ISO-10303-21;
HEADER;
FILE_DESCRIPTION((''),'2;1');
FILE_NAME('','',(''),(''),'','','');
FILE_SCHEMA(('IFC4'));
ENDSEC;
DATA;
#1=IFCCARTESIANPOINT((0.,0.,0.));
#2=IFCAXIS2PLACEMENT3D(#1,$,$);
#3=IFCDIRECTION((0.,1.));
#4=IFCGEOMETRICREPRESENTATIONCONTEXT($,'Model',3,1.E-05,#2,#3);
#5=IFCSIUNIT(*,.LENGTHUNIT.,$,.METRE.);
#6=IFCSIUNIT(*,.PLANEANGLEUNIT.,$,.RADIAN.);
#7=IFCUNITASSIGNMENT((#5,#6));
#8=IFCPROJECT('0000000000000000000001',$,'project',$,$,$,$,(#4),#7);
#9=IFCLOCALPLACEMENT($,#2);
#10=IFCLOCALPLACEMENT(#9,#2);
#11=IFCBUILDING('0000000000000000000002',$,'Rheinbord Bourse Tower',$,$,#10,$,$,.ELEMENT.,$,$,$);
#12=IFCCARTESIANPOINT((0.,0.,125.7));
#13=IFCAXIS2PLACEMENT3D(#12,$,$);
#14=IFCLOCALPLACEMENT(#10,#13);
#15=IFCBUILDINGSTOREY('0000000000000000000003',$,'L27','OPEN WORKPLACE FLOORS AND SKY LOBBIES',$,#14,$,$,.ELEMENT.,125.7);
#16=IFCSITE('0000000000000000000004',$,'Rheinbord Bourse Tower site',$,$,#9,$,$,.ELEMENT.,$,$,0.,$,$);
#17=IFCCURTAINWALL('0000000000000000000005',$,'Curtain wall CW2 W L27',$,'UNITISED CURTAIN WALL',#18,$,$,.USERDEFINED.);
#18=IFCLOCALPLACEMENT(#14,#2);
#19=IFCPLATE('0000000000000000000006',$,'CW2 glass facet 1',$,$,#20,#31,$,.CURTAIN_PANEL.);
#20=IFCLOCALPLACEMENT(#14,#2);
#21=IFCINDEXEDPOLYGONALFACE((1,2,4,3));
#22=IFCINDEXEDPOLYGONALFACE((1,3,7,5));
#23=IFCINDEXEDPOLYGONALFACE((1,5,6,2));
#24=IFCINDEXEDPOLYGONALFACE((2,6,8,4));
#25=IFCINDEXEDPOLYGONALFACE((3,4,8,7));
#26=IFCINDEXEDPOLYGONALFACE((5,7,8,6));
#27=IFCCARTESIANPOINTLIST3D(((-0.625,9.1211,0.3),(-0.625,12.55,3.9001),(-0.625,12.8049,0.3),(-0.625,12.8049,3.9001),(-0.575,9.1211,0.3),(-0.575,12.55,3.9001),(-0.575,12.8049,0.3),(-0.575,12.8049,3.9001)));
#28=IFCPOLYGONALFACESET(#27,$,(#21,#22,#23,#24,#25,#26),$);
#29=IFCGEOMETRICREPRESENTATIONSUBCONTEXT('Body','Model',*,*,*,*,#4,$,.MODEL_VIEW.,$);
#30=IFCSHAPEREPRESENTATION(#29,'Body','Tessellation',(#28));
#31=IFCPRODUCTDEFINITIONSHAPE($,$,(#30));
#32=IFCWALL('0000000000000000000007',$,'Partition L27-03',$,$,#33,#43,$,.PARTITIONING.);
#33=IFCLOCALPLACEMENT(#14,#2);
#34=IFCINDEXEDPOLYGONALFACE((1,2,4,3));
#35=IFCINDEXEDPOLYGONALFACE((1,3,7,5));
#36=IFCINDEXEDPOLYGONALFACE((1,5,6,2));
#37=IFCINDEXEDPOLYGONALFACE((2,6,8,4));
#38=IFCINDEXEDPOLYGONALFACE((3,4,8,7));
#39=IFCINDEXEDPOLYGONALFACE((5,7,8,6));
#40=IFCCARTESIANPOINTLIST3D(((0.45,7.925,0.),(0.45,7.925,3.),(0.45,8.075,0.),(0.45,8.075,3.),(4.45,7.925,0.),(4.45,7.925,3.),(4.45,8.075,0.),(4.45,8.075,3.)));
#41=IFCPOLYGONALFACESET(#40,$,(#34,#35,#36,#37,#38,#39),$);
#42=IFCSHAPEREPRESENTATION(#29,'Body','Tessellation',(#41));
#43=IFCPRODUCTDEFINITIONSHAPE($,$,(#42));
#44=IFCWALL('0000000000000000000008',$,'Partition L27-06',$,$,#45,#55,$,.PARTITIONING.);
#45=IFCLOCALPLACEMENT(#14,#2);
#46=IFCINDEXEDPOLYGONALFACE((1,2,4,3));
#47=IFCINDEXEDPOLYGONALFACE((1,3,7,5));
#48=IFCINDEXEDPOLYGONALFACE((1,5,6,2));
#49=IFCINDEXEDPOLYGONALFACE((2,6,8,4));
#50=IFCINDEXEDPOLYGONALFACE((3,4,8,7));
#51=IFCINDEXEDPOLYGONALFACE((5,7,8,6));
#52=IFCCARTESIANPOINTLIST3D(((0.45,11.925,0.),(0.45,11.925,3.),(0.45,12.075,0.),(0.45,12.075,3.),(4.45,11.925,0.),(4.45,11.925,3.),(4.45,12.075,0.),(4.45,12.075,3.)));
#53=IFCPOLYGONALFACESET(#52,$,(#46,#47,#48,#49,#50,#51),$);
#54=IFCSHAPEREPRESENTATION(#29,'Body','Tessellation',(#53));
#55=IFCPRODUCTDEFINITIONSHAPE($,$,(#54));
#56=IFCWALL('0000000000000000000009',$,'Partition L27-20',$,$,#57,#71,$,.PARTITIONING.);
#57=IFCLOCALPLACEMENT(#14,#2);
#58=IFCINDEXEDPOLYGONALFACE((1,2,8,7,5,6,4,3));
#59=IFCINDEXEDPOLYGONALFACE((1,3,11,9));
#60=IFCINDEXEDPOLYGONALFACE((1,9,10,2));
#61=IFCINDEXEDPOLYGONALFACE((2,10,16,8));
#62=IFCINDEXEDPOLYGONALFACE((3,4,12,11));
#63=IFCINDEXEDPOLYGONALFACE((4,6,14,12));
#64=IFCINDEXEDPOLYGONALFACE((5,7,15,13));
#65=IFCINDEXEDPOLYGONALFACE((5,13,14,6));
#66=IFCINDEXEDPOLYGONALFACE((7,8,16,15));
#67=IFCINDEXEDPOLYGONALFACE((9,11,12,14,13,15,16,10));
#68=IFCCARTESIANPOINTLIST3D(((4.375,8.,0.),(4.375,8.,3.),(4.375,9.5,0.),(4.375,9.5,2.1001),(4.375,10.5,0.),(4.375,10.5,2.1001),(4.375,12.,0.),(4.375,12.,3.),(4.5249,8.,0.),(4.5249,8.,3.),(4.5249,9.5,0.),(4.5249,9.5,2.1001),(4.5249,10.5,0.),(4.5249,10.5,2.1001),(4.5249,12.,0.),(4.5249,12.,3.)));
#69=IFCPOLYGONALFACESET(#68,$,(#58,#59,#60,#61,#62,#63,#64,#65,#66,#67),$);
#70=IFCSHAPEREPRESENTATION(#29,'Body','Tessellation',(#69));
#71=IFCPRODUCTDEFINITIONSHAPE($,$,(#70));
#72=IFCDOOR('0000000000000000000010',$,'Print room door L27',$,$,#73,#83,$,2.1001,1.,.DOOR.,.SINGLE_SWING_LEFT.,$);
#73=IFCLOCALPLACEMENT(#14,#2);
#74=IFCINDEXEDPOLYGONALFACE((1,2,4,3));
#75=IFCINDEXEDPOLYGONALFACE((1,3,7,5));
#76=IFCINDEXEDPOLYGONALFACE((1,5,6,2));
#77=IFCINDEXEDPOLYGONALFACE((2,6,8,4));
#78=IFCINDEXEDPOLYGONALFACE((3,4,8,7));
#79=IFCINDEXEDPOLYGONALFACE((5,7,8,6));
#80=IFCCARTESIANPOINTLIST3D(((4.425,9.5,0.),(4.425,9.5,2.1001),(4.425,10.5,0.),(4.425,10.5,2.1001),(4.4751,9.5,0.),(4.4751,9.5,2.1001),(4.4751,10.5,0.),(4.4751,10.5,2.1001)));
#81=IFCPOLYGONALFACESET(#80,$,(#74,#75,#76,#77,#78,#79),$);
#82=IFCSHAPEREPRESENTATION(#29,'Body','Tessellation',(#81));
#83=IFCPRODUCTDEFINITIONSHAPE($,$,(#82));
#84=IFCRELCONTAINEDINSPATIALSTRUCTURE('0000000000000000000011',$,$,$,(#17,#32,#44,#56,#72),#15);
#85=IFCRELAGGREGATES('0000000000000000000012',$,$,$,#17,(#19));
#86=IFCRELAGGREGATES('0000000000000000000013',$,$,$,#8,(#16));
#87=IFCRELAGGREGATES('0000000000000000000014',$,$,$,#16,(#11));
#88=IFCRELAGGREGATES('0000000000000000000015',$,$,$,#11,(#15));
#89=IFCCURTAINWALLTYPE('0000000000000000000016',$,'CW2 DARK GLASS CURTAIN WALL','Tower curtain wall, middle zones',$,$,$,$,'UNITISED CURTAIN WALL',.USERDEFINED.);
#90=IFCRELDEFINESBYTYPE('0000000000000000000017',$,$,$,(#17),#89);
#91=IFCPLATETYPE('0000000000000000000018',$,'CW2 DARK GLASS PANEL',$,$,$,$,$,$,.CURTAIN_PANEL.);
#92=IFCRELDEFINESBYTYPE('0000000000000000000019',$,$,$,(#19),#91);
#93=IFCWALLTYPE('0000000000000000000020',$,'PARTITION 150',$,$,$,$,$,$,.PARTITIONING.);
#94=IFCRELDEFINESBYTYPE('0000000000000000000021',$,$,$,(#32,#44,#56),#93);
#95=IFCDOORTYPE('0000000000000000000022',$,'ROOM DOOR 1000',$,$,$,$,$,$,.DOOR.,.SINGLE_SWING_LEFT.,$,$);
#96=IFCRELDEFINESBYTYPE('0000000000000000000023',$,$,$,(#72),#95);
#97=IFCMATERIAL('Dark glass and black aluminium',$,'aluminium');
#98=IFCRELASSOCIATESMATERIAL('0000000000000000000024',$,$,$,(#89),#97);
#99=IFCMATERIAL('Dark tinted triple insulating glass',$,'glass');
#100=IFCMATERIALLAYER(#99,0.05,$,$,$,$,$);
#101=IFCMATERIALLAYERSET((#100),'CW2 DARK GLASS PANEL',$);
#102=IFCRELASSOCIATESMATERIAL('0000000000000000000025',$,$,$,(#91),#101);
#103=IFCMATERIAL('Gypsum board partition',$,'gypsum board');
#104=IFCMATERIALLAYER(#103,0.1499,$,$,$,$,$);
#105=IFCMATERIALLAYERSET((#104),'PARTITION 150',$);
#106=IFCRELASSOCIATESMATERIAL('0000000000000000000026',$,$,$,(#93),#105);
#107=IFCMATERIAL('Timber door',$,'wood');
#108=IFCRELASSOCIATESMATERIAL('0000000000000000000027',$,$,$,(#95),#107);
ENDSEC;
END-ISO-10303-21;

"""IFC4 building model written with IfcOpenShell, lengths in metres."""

from ifc_helpers import new_model, si_unit, direction, frame, frame_2d, origin, place, context, subcontext, project, spatial, polyline, rectangle, outline, extrude, material, layer, layer_set, type_object, element, fill, aggregate, save


model = new_model("IFC4")

# Units and contexts
model_context = context("Model", 3, precision=1e-05, world=origin(), true_north=direction((0.0, 1.0)))
body_context = subcontext(model_context, "Body", "Model", "MODEL_VIEW")
ifc_project = project(units=[si_unit("LENGTHUNIT", "METRE"), si_unit("PLANEANGLEUNIT", "RADIAN")], contexts=[model_context])

# Site, building, storey
site_placement = place(None, origin())
site = spatial("IfcSite", under=ifc_project, at=site_placement, Name="Rheinbord Bourse Tower site", CompositionType="ELEMENT", RefElevation=0.0)
building_placement = place(site_placement, origin())
building = spatial("IfcBuilding", under=site, at=building_placement, Name="Rheinbord Bourse Tower", CompositionType="ELEMENT")
storey_placement = place(building_placement, frame((0.0, 0.0, 125.7)))
storey = spatial("IfcBuildingStorey", under=building, at=storey_placement, Name="L27", Description="OPEN WORKPLACE FLOORS AND SKY LOBBIES", CompositionType="ELEMENT", Elevation=125.7)

# Curtain wall
ifc_material_1 = material(Name="Dark glass and black aluminium", Category="aluminium")
curtain_wall_type = type_object("IfcCurtainWallType", Name="CW2 DARK GLASS CURTAIN WALL", Description="Tower curtain wall, middle zones", ElementType="UNITISED CURTAIN WALL", PredefinedType="USERDEFINED", material=ifc_material_1)
curtain_wall_placement = place(storey_placement, origin())
curtain_wall = element("IfcCurtainWall", 1, at=curtain_wall_placement, inside=storey, type_object=curtain_wall_type, Name="Curtain wall CW2 W L27", ObjectType="UNITISED CURTAIN WALL", PredefinedType="USERDEFINED")

# Plate
ifc_material_2 = material(Name="Dark tinted triple insulating glass", Category="glass")
ifc_layer_1 = layer(ifc_material_2, 0.05)
ifc_layer_set_1 = layer_set([ifc_layer_1], Name="CW2 DARK GLASS PANEL")
plate_type = type_object("IfcPlateType", Name="CW2 DARK GLASS PANEL", PredefinedType="CURTAIN_PANEL", material=ifc_layer_set_1)
plate_1_placement = place(storey_placement, frame((-0.625, 12.8049, 0.3), z_axis=(1.0, 0.0, 0.0), x_axis=(0.0, 0.0, 1.0)))
plate_1 = element("IfcPlate", 2, at=plate_1_placement, type_object=plate_type, Name="CW2 glass facet 1", PredefinedType="CURTAIN_PANEL", context=body_context, shape_type="SweptSolid", body=[
    extrude(outline(polyline([(0.0, 0.0), (3.6001, 0.0), (3.6001, 0.2549), (0.0, 3.6838), (0.0, 0.0)])), origin(), (0.0, 0.0, 1.0), 0.05),
])
aggregate(curtain_wall, [plate_1])

# Walls
ifc_material_3 = material(Name="Gypsum board partition", Category="gypsum board")
ifc_layer_2 = layer(ifc_material_3, 0.1499)
ifc_layer_set_2 = layer_set([ifc_layer_2], Name="PARTITION 150")
wall_type = type_object("IfcWallType", Name="PARTITION 150", PredefinedType="PARTITIONING", material=ifc_layer_set_2)
for number, where, z_axis, x_axis, name in (
    (3, (0.45, 8.0, 0.0), (0.0, 0.0, 1.0), (1.0, 0.0, 0.0), "Partition L27-03"),
    (4, (0.45, 12.0, 0.0), (0.0, 0.0, 1.0), (1.0, 0.0, 0.0), "Partition L27-06"),
):
    element("IfcWall", number, at=place(storey_placement, frame(where, z_axis=z_axis, x_axis=x_axis)), inside=storey, type_object=wall_type, Name=name, PredefinedType="PARTITIONING", context=body_context, shape_type="SweptSolid", body=[
        extrude(rectangle(XDim=4.0, YDim=0.1499, at=frame_2d((2.0, 0.0))), origin(), (0.0, 0.0, 1.0), 3.0),
    ])

# Wall, opening, door
wall_placement = place(storey_placement, frame((4.45, 8.0, 0.0), z_axis=(0.0, 0.0, 1.0), x_axis=(0.0, 1.0, 0.0)))
wall = element("IfcWall", 5, at=wall_placement, inside=storey, type_object=wall_type, Name="Partition L27-20", PredefinedType="PARTITIONING", context=body_context, shape_type="SweptSolid", body=[
    extrude(rectangle(XDim=4.0, YDim=0.1499, at=frame_2d((2.0, 0.0))), origin(), (0.0, 0.0, 1.0), 3.0),
])
opening_placement = place(wall_placement, frame((1.5, 0.0, 0.0)))
opening = element("IfcOpeningElement", 6, at=opening_placement, cuts=wall, PredefinedType="OPENING", context=body_context, shape_type="SweptSolid", body=[
    extrude(rectangle(XDim=1.0, YDim=2.1001, at=frame_2d((0.5, 1.05))), frame((0.0, 0.085, 0.0), z_axis=(0.0, -1.0, 0.0), x_axis=(1.0, 0.0, 0.0)), (0.0, 0.0, 1.0), 0.1699),
])
ifc_material_4 = material(Name="Timber door", Category="wood")
door_type = type_object("IfcDoorType", Name="ROOM DOOR 1000", OperationType="SINGLE_SWING_LEFT", PredefinedType="DOOR", material=ifc_material_4)
door_placement = place(opening_placement, origin())
door = element("IfcDoor", 7, at=door_placement, inside=storey, type_object=door_type, Name="Print room door L27", OperationType="SINGLE_SWING_LEFT", OverallHeight=2.1001, OverallWidth=1.0, PredefinedType="DOOR", context=body_context, shape_type="SweptSolid", body=[
    extrude(rectangle(XDim=1.0, YDim=2.1001, at=frame_2d((0.5, 1.05))), frame((0.0, 0.0249, 0.0), z_axis=(0.0, -1.0, 0.0), x_axis=(1.0, 0.0, 0.0)), (0.0, 0.0, 1.0), 0.05),
])
fill(opening, door)

save(model, "model.ifc")
